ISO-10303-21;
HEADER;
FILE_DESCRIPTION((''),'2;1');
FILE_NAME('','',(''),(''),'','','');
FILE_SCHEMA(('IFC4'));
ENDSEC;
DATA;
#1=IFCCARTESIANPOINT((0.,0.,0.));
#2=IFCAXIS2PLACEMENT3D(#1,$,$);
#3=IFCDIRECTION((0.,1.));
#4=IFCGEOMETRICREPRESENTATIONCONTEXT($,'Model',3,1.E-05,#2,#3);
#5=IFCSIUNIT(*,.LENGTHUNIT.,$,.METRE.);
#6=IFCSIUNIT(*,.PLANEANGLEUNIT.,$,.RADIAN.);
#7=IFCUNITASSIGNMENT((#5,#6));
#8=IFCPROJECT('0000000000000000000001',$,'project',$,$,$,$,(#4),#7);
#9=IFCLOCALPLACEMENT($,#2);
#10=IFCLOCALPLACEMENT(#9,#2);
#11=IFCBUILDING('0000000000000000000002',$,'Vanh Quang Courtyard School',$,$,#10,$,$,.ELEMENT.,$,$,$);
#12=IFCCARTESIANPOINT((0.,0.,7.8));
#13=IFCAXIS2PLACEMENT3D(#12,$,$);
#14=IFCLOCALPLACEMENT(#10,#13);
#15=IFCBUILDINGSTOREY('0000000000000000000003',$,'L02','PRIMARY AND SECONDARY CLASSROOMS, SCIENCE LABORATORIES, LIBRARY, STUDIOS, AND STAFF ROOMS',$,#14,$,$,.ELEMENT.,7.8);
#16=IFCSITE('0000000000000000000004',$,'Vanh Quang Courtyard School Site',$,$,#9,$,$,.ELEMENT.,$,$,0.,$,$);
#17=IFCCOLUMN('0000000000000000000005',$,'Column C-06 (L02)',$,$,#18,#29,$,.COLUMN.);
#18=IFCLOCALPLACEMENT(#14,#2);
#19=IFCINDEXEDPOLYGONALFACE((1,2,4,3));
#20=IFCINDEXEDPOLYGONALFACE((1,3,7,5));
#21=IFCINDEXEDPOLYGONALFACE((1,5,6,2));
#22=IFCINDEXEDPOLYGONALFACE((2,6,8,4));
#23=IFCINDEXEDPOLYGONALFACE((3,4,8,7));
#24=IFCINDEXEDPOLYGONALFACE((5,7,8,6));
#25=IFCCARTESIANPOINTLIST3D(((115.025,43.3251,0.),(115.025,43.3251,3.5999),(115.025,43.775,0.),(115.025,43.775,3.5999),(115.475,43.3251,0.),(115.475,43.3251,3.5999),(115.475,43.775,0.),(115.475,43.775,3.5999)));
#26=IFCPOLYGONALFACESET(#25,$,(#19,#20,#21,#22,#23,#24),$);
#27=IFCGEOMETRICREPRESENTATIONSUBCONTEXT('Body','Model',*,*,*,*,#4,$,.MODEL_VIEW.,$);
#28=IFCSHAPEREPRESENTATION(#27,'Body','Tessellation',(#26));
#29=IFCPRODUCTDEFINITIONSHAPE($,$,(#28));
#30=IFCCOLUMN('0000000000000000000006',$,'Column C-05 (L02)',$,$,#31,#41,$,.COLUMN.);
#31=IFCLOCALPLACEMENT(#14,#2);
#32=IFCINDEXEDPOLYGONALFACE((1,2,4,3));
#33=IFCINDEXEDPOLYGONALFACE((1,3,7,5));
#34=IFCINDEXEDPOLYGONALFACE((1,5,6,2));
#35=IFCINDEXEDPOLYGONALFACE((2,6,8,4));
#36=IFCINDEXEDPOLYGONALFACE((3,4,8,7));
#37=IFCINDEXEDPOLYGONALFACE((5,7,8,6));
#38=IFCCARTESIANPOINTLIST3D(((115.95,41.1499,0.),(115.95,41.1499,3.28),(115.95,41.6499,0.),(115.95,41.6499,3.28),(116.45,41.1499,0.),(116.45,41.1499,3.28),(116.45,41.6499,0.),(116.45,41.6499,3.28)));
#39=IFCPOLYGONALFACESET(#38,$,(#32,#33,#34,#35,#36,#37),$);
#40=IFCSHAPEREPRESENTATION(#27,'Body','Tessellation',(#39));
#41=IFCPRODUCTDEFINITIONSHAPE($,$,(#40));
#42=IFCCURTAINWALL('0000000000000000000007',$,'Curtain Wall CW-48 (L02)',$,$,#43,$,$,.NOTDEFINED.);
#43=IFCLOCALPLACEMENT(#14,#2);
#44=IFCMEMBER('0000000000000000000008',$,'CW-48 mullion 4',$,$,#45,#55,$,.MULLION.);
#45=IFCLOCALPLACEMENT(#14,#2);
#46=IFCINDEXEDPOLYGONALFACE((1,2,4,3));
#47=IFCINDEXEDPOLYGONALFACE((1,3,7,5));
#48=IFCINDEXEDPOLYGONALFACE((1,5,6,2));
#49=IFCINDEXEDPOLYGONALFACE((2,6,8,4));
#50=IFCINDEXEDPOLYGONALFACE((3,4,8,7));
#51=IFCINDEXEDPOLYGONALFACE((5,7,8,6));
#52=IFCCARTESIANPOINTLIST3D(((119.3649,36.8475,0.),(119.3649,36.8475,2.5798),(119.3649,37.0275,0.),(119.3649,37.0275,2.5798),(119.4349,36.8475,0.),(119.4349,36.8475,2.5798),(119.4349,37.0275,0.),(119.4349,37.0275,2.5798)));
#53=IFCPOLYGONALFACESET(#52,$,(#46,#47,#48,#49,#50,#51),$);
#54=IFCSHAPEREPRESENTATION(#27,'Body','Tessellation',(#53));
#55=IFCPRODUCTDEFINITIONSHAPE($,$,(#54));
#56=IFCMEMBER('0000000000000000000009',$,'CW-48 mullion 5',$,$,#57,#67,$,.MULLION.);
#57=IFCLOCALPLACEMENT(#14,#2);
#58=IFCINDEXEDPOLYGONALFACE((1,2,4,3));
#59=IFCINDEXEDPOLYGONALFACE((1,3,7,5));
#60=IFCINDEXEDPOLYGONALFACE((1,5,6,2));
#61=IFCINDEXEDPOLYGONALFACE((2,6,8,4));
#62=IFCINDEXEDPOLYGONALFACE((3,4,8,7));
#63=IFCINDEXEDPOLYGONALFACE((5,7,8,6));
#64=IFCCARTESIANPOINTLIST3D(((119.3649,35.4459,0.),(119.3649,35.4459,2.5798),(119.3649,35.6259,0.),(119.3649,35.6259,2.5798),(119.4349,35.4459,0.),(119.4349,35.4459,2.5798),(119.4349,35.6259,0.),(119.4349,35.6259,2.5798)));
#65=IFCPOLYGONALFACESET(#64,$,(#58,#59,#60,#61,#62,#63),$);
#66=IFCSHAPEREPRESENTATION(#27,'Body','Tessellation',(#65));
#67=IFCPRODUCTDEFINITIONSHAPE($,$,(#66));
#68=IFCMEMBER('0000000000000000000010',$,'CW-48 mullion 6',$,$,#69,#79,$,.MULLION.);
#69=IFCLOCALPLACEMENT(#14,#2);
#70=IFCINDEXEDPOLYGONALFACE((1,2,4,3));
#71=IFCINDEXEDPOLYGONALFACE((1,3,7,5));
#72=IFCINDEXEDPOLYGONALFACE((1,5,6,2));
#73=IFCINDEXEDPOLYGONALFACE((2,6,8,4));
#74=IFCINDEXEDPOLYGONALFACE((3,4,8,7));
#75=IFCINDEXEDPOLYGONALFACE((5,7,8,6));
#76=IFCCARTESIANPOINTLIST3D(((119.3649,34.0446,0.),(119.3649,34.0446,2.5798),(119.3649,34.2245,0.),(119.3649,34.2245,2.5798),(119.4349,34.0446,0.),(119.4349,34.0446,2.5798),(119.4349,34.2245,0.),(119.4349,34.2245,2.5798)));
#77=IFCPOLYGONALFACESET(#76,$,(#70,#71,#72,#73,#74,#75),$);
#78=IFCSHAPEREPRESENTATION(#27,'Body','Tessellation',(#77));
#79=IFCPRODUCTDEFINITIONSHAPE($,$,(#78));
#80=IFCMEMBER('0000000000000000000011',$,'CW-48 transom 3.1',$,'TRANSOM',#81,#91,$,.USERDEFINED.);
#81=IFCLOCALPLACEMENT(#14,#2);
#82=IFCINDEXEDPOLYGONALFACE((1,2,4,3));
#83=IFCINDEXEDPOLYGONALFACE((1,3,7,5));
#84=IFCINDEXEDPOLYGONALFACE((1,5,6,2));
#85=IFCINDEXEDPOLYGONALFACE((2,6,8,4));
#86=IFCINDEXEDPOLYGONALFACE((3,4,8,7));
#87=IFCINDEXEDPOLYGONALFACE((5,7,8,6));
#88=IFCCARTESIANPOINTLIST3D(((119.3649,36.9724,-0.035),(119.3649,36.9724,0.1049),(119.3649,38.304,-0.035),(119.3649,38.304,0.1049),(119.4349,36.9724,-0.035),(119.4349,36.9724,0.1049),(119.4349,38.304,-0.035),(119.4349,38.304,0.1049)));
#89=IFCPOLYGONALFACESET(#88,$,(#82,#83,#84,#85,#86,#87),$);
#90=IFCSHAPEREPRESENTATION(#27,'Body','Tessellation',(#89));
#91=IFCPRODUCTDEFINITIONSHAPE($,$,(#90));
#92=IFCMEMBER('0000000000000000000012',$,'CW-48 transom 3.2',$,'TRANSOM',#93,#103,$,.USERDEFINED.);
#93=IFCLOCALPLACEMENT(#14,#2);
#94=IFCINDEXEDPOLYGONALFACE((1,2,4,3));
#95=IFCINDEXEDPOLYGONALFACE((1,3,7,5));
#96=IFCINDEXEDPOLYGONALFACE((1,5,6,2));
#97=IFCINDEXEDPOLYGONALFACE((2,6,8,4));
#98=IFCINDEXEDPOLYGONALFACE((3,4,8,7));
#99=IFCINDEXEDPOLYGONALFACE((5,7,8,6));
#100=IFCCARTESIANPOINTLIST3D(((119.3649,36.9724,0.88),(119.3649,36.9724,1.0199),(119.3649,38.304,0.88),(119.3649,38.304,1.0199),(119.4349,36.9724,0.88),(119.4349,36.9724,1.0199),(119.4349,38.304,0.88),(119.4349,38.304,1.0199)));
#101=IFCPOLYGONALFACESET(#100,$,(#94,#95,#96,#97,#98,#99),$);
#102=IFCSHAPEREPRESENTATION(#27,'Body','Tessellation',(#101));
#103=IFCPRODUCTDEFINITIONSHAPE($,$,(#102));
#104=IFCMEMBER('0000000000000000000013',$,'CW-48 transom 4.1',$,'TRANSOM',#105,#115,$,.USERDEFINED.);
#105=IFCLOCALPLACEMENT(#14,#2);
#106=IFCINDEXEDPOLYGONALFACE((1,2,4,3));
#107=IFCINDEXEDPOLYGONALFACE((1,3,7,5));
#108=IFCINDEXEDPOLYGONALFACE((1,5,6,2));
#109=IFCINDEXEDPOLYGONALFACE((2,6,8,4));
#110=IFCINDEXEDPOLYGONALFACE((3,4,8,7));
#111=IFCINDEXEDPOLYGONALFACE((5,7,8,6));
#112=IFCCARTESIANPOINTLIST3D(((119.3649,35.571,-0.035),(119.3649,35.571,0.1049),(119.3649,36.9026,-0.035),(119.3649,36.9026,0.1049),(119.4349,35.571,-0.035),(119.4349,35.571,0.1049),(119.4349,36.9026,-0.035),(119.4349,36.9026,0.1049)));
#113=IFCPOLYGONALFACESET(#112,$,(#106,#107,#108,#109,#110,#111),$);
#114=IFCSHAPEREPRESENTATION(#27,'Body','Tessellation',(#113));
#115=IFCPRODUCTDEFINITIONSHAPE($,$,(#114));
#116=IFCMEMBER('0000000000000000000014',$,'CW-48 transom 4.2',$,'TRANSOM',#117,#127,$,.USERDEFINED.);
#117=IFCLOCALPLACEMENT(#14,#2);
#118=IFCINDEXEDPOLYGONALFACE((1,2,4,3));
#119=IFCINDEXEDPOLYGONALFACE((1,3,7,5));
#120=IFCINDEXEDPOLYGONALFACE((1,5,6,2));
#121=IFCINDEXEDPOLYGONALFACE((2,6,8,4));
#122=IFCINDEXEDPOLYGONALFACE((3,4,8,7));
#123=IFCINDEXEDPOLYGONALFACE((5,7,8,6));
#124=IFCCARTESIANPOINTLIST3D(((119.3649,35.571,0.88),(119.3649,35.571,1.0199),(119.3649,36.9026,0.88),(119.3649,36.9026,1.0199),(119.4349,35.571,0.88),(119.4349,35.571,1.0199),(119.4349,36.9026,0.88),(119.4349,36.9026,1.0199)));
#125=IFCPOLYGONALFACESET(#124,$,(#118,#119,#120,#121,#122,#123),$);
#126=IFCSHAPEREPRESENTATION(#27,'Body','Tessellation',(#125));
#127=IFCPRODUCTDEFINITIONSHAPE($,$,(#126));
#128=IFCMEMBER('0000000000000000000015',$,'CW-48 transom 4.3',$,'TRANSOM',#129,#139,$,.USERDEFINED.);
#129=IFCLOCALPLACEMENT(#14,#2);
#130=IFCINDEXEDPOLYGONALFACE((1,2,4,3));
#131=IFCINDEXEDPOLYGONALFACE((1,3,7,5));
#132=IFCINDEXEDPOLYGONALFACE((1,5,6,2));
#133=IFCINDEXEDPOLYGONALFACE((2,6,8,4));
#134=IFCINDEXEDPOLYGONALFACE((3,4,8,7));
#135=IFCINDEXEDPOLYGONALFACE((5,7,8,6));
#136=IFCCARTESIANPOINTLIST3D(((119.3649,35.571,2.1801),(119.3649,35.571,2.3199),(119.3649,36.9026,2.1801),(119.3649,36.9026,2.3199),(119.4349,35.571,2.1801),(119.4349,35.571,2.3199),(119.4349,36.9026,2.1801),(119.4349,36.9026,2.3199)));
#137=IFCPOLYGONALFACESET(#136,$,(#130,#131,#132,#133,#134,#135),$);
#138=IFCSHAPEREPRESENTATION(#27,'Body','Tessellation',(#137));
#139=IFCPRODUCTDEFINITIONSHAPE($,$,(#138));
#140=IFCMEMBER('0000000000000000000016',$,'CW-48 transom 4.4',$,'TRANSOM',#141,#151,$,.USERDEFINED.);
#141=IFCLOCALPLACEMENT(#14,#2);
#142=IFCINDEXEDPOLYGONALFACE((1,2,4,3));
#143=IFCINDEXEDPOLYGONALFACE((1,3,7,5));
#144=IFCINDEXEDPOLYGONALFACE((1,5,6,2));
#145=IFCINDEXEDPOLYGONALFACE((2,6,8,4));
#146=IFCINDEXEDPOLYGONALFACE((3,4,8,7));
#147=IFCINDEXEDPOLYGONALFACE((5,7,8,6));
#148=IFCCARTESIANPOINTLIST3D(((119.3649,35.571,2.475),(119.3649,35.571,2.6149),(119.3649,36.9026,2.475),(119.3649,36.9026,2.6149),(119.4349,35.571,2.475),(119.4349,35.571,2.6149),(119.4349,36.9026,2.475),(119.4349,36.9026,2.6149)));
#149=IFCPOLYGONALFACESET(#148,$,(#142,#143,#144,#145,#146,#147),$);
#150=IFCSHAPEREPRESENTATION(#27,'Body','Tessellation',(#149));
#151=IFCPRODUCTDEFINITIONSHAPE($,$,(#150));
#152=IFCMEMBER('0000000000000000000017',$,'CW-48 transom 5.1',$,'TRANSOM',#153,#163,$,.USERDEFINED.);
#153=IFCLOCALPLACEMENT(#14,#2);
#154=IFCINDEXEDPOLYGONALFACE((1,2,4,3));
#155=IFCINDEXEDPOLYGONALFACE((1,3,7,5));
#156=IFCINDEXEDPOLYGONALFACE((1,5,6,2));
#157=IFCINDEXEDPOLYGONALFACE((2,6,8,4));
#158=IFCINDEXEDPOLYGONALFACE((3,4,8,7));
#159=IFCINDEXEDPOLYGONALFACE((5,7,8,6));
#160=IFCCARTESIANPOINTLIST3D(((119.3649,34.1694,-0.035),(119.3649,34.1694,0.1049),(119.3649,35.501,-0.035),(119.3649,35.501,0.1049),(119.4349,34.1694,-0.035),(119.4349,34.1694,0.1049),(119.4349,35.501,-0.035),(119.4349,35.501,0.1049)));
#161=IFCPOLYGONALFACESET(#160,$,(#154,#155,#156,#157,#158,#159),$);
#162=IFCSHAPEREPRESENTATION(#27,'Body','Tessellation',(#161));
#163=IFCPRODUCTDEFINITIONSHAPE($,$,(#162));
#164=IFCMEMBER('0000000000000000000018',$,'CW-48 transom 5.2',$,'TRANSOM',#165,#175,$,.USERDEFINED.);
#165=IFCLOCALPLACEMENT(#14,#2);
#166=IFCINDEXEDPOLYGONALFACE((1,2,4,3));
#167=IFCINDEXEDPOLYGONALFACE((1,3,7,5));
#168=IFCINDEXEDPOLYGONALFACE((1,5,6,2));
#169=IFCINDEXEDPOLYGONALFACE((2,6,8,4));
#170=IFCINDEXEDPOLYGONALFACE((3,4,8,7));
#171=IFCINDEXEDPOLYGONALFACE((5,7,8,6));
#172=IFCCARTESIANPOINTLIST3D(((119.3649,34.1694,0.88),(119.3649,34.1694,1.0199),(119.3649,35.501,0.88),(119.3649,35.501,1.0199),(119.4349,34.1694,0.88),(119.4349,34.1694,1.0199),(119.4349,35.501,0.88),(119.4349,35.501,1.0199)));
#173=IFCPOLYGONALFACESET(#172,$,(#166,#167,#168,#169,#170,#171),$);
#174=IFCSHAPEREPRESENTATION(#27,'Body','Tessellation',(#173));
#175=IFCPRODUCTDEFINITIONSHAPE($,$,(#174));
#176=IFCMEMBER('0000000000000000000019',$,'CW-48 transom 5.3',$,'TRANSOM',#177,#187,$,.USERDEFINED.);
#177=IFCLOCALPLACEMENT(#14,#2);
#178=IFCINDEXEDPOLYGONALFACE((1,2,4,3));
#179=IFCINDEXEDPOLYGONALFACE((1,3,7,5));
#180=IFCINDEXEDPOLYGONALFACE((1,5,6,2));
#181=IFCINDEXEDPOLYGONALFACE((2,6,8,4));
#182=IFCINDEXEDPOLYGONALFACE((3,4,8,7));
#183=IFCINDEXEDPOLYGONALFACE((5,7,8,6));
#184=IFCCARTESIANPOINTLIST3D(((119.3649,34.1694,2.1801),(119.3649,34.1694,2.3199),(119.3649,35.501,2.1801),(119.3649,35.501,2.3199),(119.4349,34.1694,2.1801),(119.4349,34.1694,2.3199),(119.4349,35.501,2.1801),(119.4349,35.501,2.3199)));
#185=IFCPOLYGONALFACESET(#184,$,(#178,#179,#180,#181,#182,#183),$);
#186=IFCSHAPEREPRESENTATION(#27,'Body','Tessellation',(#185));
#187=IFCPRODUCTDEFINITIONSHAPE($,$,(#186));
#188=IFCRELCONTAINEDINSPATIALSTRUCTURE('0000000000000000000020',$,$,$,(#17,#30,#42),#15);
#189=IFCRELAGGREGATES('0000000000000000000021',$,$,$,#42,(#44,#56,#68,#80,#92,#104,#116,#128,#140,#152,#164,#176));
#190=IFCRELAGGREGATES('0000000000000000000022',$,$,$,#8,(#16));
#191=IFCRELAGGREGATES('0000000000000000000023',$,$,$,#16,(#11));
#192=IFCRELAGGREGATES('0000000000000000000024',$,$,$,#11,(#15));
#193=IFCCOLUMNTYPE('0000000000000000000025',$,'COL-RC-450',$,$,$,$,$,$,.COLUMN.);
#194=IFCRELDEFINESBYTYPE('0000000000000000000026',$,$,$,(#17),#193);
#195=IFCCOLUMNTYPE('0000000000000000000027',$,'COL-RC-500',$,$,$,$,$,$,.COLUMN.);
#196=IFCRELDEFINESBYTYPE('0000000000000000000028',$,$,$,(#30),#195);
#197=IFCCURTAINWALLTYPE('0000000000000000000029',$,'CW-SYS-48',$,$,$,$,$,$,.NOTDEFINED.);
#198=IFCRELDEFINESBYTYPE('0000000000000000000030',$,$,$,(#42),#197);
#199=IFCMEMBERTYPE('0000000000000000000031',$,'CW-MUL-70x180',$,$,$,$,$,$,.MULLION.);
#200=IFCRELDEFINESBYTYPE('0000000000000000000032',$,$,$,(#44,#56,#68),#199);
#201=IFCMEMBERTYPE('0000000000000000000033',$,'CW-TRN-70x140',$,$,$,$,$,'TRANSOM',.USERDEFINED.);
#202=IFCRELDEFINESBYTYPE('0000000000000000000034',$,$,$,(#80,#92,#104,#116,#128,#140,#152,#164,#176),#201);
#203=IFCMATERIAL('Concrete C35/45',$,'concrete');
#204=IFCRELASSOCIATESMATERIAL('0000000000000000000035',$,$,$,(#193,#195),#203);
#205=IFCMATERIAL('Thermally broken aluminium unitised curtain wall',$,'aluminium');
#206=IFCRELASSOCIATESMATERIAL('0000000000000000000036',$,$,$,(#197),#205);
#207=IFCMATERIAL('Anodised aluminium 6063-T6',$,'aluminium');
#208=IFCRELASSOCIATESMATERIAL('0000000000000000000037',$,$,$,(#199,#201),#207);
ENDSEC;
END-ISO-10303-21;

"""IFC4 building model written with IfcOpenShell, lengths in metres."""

from ifc_helpers import new_model, si_unit, direction, frame, origin, origin_2d, place, context, subcontext, project, spatial, rectangle, extrude, material, material_profile, profile_set, type_object, element, aggregate, save


model = new_model("IFC4")

# Units and contexts
model_context = context("Model", 3, precision=1e-05, world=origin(), true_north=direction((0.0, 1.0)))
body_context = subcontext(model_context, "Body", "Model", "MODEL_VIEW")
ifc_project = project(units=[si_unit("LENGTHUNIT", "METRE"), si_unit("PLANEANGLEUNIT", "RADIAN")], contexts=[model_context])

# Site, building, storey
site_placement = place(None, origin())
site = spatial("IfcSite", under=ifc_project, at=site_placement, Name="Vanh Quang Courtyard School Site", CompositionType="ELEMENT", RefElevation=0.0)
building_placement = place(site_placement, origin())
building = spatial("IfcBuilding", under=site, at=building_placement, Name="Vanh Quang Courtyard School", CompositionType="ELEMENT")
storey_placement = place(building_placement, frame((0.0, 0.0, 7.8)))
storey = spatial("IfcBuildingStorey", under=building, at=storey_placement, Name="L02", Description="PRIMARY AND SECONDARY CLASSROOMS, SCIENCE LABORATORIES, LIBRARY, STUDIOS, AND STAFF ROOMS", CompositionType="ELEMENT", Elevation=7.8)

# Columns
ifc_material_1 = material(Name="Concrete C35/45", Category="concrete")
ifc_material_profile_1 = material_profile(ifc_material_1, rectangle(XDim=0.45, YDim=0.45, at=origin_2d()), Name="RC-COL 450x450")
ifc_profile_set_1 = profile_set([ifc_material_profile_1], Name="Concrete C35/45")
column_type_1 = type_object("IfcColumnType", Name="COL-RC-450", PredefinedType="COLUMN", material=ifc_profile_set_1)
column_1_placement = place(storey_placement, frame((115.25, 43.55, 0.0), z_axis=(0.0, 0.0, 1.0), x_axis=(1.0, 0.0, 0.0)))
element("IfcColumn", 1, at=column_1_placement, inside=storey, type_object=column_type_1, Name="Column C-06 (L02)", PredefinedType="COLUMN", context=body_context, shape_type="SweptSolid", body=[
    extrude(rectangle(XDim=0.45, YDim=0.45, at=origin_2d()), origin(), (0.0, 0.0, 1.0), 3.5999),
])
ifc_material_profile_2 = material_profile(ifc_material_1, rectangle(XDim=0.5, YDim=0.5, at=origin_2d()), Name="RC-COL 500x500")
ifc_profile_set_2 = profile_set([ifc_material_profile_2], Name="Concrete C35/45")
column_type_2 = type_object("IfcColumnType", Name="COL-RC-500", PredefinedType="COLUMN", material=ifc_profile_set_2)
column_2_placement = place(storey_placement, frame((116.2, 41.3999, 0.0), z_axis=(0.0, 0.0, 1.0), x_axis=(1.0, 0.0, 0.0)))
element("IfcColumn", 2, at=column_2_placement, inside=storey, type_object=column_type_2, Name="Column C-05 (L02)", PredefinedType="COLUMN", context=body_context, shape_type="SweptSolid", body=[
    extrude(rectangle(XDim=0.5, YDim=0.5, at=origin_2d()), origin(), (0.0, 0.0, 1.0), 3.28),
])

# Curtain wall, members
ifc_material_2 = material(Name="Thermally broken aluminium unitised curtain wall", Category="aluminium")
curtain_wall_type = type_object("IfcCurtainWallType", Name="CW-SYS-48", PredefinedType="NOTDEFINED", material=ifc_material_2)
curtain_wall_placement = place(storey_placement, origin())
curtain_wall = element("IfcCurtainWall", 3, at=curtain_wall_placement, inside=storey, type_object=curtain_wall_type, Name="Curtain Wall CW-48 (L02)", PredefinedType="NOTDEFINED")
ifc_material_3 = material(Name="Anodised aluminium 6063-T6", Category="aluminium")
ifc_material_profile_3 = material_profile(ifc_material_3, rectangle(XDim=0.0701, YDim=0.1799, at=origin_2d()), Name="ALU-MUL 70x180")
ifc_profile_set_3 = profile_set([ifc_material_profile_3], Name="Anodised aluminium 6063-T6")
member_type_1 = type_object("IfcMemberType", Name="CW-MUL-70x180", PredefinedType="MULLION", material=ifc_profile_set_3)
member_1_placement = place(storey_placement, frame((119.3999, 36.9375, 0.0), z_axis=(0.0, 0.0, 1.0), x_axis=(1.0, 0.0, 0.0)))
member_1 = element("IfcMember", 4, at=member_1_placement, type_object=member_type_1, Name="CW-48 mullion 4", PredefinedType="MULLION", context=body_context, shape_type="SweptSolid", body=[
    extrude(rectangle(XDim=0.0701, YDim=0.1799, at=origin_2d()), origin(), (0.0, 0.0, 1.0), 2.5798),
])
member_2_placement = place(storey_placement, frame((119.3999, 35.5359, 0.0), z_axis=(0.0, 0.0, 1.0), x_axis=(1.0, 0.0, 0.0)))
member_2 = element("IfcMember", 5, at=member_2_placement, type_object=member_type_1, Name="CW-48 mullion 5", PredefinedType="MULLION", context=body_context, shape_type="SweptSolid", body=[
    extrude(rectangle(XDim=0.0701, YDim=0.1799, at=origin_2d()), origin(), (0.0, 0.0, 1.0), 2.5798),
])
member_3_placement = place(storey_placement, frame((119.3999, 34.1345, 0.0), z_axis=(0.0, 0.0, 1.0), x_axis=(1.0, 0.0, 0.0)))
member_3 = element("IfcMember", 6, at=member_3_placement, type_object=member_type_1, Name="CW-48 mullion 6", PredefinedType="MULLION", context=body_context, shape_type="SweptSolid", body=[
    extrude(rectangle(XDim=0.0701, YDim=0.1799, at=origin_2d()), origin(), (0.0, 0.0, 1.0), 2.5798),
])
ifc_material_profile_4 = material_profile(ifc_material_3, rectangle(XDim=0.0701, YDim=0.1399, at=origin_2d()), Name="ALU-TRN 70x140")
ifc_profile_set_4 = profile_set([ifc_material_profile_4], Name="Anodised aluminium 6063-T6")
member_type_2 = type_object("IfcMemberType", Name="CW-TRN-70x140", ElementType="TRANSOM", PredefinedType="USERDEFINED", material=ifc_profile_set_4)
member_4_placement = place(storey_placement, frame((119.3999, 38.304, 0.0349), z_axis=(0.0, -1.0, 0.0), x_axis=(1.0, 0.0, 0.0)))
member_4 = element("IfcMember", 7, at=member_4_placement, type_object=member_type_2, Name="CW-48 transom 3.1", ObjectType="TRANSOM", PredefinedType="USERDEFINED", context=body_context, shape_type="SweptSolid", body=[
    extrude(rectangle(XDim=0.0701, YDim=0.1399, at=origin_2d()), origin(), (0.0, 0.0, 1.0), 1.3315),
])
member_5_placement = place(storey_placement, frame((119.3999, 38.304, 0.95), z_axis=(0.0, -1.0, 0.0), x_axis=(1.0, 0.0, 0.0)))
member_5 = element("IfcMember", 8, at=member_5_placement, type_object=member_type_2, Name="CW-48 transom 3.2", ObjectType="TRANSOM", PredefinedType="USERDEFINED", context=body_context, shape_type="SweptSolid", body=[
    extrude(rectangle(XDim=0.0701, YDim=0.1399, at=origin_2d()), origin(), (0.0, 0.0, 1.0), 1.3315),
])
member_6_placement = place(storey_placement, frame((119.3999, 36.9026, 0.0349), z_axis=(0.0, -1.0, 0.0), x_axis=(1.0, 0.0, 0.0)))
member_6 = element("IfcMember", 9, at=member_6_placement, type_object=member_type_2, Name="CW-48 transom 4.1", ObjectType="TRANSOM", PredefinedType="USERDEFINED", context=body_context, shape_type="SweptSolid", body=[
    extrude(rectangle(XDim=0.0701, YDim=0.1399, at=origin_2d()), origin(), (0.0, 0.0, 1.0), 1.3315),
])
member_7_placement = place(storey_placement, frame((119.3999, 36.9026, 0.95), z_axis=(0.0, -1.0, 0.0), x_axis=(1.0, 0.0, 0.0)))
member_7 = element("IfcMember", 10, at=member_7_placement, type_object=member_type_2, Name="CW-48 transom 4.2", ObjectType="TRANSOM", PredefinedType="USERDEFINED", context=body_context, shape_type="SweptSolid", body=[
    extrude(rectangle(XDim=0.0701, YDim=0.1399, at=origin_2d()), origin(), (0.0, 0.0, 1.0), 1.3315),
])
member_8_placement = place(storey_placement, frame((119.3999, 36.9026, 2.25), z_axis=(0.0, -1.0, 0.0), x_axis=(1.0, 0.0, 0.0)))
member_8 = element("IfcMember", 11, at=member_8_placement, type_object=member_type_2, Name="CW-48 transom 4.3", ObjectType="TRANSOM", PredefinedType="USERDEFINED", context=body_context, shape_type="SweptSolid", body=[
    extrude(rectangle(XDim=0.0701, YDim=0.1399, at=origin_2d()), origin(), (0.0, 0.0, 1.0), 1.3315),
])
member_9_placement = place(storey_placement, frame((119.3999, 36.9026, 2.5449), z_axis=(0.0, -1.0, 0.0), x_axis=(1.0, 0.0, 0.0)))
member_9 = element("IfcMember", 12, at=member_9_placement, type_object=member_type_2, Name="CW-48 transom 4.4", ObjectType="TRANSOM", PredefinedType="USERDEFINED", context=body_context, shape_type="SweptSolid", body=[
    extrude(rectangle(XDim=0.0701, YDim=0.1399, at=origin_2d()), origin(), (0.0, 0.0, 1.0), 1.3315),
])
member_10_placement = place(storey_placement, frame((119.3999, 35.501, 0.0349), z_axis=(0.0, -1.0, 0.0), x_axis=(1.0, 0.0, 0.0)))
member_10 = element("IfcMember", 13, at=member_10_placement, type_object=member_type_2, Name="CW-48 transom 5.1", ObjectType="TRANSOM", PredefinedType="USERDEFINED", context=body_context, shape_type="SweptSolid", body=[
    extrude(rectangle(XDim=0.0701, YDim=0.1399, at=origin_2d()), origin(), (0.0, 0.0, 1.0), 1.3315),
])
member_11_placement = place(storey_placement, frame((119.3999, 35.501, 0.95), z_axis=(0.0, -1.0, 0.0), x_axis=(1.0, 0.0, 0.0)))
member_11 = element("IfcMember", 14, at=member_11_placement, type_object=member_type_2, Name="CW-48 transom 5.2", ObjectType="TRANSOM", PredefinedType="USERDEFINED", context=body_context, shape_type="SweptSolid", body=[
    extrude(rectangle(XDim=0.0701, YDim=0.1399, at=origin_2d()), origin(), (0.0, 0.0, 1.0), 1.3315),
])
member_12_placement = place(storey_placement, frame((119.3999, 35.501, 2.25), z_axis=(0.0, -1.0, 0.0), x_axis=(1.0, 0.0, 0.0)))
member_12 = element("IfcMember", 15, at=member_12_placement, type_object=member_type_2, Name="CW-48 transom 5.3", ObjectType="TRANSOM", PredefinedType="USERDEFINED", context=body_context, shape_type="SweptSolid", body=[
    extrude(rectangle(XDim=0.0701, YDim=0.1399, at=origin_2d()), origin(), (0.0, 0.0, 1.0), 1.3315),
])
aggregate(curtain_wall, [member_1, member_2, member_3, member_4, member_5, member_6, member_7, member_8, member_9, member_10, member_11, member_12])

save(model, "model.ifc")
